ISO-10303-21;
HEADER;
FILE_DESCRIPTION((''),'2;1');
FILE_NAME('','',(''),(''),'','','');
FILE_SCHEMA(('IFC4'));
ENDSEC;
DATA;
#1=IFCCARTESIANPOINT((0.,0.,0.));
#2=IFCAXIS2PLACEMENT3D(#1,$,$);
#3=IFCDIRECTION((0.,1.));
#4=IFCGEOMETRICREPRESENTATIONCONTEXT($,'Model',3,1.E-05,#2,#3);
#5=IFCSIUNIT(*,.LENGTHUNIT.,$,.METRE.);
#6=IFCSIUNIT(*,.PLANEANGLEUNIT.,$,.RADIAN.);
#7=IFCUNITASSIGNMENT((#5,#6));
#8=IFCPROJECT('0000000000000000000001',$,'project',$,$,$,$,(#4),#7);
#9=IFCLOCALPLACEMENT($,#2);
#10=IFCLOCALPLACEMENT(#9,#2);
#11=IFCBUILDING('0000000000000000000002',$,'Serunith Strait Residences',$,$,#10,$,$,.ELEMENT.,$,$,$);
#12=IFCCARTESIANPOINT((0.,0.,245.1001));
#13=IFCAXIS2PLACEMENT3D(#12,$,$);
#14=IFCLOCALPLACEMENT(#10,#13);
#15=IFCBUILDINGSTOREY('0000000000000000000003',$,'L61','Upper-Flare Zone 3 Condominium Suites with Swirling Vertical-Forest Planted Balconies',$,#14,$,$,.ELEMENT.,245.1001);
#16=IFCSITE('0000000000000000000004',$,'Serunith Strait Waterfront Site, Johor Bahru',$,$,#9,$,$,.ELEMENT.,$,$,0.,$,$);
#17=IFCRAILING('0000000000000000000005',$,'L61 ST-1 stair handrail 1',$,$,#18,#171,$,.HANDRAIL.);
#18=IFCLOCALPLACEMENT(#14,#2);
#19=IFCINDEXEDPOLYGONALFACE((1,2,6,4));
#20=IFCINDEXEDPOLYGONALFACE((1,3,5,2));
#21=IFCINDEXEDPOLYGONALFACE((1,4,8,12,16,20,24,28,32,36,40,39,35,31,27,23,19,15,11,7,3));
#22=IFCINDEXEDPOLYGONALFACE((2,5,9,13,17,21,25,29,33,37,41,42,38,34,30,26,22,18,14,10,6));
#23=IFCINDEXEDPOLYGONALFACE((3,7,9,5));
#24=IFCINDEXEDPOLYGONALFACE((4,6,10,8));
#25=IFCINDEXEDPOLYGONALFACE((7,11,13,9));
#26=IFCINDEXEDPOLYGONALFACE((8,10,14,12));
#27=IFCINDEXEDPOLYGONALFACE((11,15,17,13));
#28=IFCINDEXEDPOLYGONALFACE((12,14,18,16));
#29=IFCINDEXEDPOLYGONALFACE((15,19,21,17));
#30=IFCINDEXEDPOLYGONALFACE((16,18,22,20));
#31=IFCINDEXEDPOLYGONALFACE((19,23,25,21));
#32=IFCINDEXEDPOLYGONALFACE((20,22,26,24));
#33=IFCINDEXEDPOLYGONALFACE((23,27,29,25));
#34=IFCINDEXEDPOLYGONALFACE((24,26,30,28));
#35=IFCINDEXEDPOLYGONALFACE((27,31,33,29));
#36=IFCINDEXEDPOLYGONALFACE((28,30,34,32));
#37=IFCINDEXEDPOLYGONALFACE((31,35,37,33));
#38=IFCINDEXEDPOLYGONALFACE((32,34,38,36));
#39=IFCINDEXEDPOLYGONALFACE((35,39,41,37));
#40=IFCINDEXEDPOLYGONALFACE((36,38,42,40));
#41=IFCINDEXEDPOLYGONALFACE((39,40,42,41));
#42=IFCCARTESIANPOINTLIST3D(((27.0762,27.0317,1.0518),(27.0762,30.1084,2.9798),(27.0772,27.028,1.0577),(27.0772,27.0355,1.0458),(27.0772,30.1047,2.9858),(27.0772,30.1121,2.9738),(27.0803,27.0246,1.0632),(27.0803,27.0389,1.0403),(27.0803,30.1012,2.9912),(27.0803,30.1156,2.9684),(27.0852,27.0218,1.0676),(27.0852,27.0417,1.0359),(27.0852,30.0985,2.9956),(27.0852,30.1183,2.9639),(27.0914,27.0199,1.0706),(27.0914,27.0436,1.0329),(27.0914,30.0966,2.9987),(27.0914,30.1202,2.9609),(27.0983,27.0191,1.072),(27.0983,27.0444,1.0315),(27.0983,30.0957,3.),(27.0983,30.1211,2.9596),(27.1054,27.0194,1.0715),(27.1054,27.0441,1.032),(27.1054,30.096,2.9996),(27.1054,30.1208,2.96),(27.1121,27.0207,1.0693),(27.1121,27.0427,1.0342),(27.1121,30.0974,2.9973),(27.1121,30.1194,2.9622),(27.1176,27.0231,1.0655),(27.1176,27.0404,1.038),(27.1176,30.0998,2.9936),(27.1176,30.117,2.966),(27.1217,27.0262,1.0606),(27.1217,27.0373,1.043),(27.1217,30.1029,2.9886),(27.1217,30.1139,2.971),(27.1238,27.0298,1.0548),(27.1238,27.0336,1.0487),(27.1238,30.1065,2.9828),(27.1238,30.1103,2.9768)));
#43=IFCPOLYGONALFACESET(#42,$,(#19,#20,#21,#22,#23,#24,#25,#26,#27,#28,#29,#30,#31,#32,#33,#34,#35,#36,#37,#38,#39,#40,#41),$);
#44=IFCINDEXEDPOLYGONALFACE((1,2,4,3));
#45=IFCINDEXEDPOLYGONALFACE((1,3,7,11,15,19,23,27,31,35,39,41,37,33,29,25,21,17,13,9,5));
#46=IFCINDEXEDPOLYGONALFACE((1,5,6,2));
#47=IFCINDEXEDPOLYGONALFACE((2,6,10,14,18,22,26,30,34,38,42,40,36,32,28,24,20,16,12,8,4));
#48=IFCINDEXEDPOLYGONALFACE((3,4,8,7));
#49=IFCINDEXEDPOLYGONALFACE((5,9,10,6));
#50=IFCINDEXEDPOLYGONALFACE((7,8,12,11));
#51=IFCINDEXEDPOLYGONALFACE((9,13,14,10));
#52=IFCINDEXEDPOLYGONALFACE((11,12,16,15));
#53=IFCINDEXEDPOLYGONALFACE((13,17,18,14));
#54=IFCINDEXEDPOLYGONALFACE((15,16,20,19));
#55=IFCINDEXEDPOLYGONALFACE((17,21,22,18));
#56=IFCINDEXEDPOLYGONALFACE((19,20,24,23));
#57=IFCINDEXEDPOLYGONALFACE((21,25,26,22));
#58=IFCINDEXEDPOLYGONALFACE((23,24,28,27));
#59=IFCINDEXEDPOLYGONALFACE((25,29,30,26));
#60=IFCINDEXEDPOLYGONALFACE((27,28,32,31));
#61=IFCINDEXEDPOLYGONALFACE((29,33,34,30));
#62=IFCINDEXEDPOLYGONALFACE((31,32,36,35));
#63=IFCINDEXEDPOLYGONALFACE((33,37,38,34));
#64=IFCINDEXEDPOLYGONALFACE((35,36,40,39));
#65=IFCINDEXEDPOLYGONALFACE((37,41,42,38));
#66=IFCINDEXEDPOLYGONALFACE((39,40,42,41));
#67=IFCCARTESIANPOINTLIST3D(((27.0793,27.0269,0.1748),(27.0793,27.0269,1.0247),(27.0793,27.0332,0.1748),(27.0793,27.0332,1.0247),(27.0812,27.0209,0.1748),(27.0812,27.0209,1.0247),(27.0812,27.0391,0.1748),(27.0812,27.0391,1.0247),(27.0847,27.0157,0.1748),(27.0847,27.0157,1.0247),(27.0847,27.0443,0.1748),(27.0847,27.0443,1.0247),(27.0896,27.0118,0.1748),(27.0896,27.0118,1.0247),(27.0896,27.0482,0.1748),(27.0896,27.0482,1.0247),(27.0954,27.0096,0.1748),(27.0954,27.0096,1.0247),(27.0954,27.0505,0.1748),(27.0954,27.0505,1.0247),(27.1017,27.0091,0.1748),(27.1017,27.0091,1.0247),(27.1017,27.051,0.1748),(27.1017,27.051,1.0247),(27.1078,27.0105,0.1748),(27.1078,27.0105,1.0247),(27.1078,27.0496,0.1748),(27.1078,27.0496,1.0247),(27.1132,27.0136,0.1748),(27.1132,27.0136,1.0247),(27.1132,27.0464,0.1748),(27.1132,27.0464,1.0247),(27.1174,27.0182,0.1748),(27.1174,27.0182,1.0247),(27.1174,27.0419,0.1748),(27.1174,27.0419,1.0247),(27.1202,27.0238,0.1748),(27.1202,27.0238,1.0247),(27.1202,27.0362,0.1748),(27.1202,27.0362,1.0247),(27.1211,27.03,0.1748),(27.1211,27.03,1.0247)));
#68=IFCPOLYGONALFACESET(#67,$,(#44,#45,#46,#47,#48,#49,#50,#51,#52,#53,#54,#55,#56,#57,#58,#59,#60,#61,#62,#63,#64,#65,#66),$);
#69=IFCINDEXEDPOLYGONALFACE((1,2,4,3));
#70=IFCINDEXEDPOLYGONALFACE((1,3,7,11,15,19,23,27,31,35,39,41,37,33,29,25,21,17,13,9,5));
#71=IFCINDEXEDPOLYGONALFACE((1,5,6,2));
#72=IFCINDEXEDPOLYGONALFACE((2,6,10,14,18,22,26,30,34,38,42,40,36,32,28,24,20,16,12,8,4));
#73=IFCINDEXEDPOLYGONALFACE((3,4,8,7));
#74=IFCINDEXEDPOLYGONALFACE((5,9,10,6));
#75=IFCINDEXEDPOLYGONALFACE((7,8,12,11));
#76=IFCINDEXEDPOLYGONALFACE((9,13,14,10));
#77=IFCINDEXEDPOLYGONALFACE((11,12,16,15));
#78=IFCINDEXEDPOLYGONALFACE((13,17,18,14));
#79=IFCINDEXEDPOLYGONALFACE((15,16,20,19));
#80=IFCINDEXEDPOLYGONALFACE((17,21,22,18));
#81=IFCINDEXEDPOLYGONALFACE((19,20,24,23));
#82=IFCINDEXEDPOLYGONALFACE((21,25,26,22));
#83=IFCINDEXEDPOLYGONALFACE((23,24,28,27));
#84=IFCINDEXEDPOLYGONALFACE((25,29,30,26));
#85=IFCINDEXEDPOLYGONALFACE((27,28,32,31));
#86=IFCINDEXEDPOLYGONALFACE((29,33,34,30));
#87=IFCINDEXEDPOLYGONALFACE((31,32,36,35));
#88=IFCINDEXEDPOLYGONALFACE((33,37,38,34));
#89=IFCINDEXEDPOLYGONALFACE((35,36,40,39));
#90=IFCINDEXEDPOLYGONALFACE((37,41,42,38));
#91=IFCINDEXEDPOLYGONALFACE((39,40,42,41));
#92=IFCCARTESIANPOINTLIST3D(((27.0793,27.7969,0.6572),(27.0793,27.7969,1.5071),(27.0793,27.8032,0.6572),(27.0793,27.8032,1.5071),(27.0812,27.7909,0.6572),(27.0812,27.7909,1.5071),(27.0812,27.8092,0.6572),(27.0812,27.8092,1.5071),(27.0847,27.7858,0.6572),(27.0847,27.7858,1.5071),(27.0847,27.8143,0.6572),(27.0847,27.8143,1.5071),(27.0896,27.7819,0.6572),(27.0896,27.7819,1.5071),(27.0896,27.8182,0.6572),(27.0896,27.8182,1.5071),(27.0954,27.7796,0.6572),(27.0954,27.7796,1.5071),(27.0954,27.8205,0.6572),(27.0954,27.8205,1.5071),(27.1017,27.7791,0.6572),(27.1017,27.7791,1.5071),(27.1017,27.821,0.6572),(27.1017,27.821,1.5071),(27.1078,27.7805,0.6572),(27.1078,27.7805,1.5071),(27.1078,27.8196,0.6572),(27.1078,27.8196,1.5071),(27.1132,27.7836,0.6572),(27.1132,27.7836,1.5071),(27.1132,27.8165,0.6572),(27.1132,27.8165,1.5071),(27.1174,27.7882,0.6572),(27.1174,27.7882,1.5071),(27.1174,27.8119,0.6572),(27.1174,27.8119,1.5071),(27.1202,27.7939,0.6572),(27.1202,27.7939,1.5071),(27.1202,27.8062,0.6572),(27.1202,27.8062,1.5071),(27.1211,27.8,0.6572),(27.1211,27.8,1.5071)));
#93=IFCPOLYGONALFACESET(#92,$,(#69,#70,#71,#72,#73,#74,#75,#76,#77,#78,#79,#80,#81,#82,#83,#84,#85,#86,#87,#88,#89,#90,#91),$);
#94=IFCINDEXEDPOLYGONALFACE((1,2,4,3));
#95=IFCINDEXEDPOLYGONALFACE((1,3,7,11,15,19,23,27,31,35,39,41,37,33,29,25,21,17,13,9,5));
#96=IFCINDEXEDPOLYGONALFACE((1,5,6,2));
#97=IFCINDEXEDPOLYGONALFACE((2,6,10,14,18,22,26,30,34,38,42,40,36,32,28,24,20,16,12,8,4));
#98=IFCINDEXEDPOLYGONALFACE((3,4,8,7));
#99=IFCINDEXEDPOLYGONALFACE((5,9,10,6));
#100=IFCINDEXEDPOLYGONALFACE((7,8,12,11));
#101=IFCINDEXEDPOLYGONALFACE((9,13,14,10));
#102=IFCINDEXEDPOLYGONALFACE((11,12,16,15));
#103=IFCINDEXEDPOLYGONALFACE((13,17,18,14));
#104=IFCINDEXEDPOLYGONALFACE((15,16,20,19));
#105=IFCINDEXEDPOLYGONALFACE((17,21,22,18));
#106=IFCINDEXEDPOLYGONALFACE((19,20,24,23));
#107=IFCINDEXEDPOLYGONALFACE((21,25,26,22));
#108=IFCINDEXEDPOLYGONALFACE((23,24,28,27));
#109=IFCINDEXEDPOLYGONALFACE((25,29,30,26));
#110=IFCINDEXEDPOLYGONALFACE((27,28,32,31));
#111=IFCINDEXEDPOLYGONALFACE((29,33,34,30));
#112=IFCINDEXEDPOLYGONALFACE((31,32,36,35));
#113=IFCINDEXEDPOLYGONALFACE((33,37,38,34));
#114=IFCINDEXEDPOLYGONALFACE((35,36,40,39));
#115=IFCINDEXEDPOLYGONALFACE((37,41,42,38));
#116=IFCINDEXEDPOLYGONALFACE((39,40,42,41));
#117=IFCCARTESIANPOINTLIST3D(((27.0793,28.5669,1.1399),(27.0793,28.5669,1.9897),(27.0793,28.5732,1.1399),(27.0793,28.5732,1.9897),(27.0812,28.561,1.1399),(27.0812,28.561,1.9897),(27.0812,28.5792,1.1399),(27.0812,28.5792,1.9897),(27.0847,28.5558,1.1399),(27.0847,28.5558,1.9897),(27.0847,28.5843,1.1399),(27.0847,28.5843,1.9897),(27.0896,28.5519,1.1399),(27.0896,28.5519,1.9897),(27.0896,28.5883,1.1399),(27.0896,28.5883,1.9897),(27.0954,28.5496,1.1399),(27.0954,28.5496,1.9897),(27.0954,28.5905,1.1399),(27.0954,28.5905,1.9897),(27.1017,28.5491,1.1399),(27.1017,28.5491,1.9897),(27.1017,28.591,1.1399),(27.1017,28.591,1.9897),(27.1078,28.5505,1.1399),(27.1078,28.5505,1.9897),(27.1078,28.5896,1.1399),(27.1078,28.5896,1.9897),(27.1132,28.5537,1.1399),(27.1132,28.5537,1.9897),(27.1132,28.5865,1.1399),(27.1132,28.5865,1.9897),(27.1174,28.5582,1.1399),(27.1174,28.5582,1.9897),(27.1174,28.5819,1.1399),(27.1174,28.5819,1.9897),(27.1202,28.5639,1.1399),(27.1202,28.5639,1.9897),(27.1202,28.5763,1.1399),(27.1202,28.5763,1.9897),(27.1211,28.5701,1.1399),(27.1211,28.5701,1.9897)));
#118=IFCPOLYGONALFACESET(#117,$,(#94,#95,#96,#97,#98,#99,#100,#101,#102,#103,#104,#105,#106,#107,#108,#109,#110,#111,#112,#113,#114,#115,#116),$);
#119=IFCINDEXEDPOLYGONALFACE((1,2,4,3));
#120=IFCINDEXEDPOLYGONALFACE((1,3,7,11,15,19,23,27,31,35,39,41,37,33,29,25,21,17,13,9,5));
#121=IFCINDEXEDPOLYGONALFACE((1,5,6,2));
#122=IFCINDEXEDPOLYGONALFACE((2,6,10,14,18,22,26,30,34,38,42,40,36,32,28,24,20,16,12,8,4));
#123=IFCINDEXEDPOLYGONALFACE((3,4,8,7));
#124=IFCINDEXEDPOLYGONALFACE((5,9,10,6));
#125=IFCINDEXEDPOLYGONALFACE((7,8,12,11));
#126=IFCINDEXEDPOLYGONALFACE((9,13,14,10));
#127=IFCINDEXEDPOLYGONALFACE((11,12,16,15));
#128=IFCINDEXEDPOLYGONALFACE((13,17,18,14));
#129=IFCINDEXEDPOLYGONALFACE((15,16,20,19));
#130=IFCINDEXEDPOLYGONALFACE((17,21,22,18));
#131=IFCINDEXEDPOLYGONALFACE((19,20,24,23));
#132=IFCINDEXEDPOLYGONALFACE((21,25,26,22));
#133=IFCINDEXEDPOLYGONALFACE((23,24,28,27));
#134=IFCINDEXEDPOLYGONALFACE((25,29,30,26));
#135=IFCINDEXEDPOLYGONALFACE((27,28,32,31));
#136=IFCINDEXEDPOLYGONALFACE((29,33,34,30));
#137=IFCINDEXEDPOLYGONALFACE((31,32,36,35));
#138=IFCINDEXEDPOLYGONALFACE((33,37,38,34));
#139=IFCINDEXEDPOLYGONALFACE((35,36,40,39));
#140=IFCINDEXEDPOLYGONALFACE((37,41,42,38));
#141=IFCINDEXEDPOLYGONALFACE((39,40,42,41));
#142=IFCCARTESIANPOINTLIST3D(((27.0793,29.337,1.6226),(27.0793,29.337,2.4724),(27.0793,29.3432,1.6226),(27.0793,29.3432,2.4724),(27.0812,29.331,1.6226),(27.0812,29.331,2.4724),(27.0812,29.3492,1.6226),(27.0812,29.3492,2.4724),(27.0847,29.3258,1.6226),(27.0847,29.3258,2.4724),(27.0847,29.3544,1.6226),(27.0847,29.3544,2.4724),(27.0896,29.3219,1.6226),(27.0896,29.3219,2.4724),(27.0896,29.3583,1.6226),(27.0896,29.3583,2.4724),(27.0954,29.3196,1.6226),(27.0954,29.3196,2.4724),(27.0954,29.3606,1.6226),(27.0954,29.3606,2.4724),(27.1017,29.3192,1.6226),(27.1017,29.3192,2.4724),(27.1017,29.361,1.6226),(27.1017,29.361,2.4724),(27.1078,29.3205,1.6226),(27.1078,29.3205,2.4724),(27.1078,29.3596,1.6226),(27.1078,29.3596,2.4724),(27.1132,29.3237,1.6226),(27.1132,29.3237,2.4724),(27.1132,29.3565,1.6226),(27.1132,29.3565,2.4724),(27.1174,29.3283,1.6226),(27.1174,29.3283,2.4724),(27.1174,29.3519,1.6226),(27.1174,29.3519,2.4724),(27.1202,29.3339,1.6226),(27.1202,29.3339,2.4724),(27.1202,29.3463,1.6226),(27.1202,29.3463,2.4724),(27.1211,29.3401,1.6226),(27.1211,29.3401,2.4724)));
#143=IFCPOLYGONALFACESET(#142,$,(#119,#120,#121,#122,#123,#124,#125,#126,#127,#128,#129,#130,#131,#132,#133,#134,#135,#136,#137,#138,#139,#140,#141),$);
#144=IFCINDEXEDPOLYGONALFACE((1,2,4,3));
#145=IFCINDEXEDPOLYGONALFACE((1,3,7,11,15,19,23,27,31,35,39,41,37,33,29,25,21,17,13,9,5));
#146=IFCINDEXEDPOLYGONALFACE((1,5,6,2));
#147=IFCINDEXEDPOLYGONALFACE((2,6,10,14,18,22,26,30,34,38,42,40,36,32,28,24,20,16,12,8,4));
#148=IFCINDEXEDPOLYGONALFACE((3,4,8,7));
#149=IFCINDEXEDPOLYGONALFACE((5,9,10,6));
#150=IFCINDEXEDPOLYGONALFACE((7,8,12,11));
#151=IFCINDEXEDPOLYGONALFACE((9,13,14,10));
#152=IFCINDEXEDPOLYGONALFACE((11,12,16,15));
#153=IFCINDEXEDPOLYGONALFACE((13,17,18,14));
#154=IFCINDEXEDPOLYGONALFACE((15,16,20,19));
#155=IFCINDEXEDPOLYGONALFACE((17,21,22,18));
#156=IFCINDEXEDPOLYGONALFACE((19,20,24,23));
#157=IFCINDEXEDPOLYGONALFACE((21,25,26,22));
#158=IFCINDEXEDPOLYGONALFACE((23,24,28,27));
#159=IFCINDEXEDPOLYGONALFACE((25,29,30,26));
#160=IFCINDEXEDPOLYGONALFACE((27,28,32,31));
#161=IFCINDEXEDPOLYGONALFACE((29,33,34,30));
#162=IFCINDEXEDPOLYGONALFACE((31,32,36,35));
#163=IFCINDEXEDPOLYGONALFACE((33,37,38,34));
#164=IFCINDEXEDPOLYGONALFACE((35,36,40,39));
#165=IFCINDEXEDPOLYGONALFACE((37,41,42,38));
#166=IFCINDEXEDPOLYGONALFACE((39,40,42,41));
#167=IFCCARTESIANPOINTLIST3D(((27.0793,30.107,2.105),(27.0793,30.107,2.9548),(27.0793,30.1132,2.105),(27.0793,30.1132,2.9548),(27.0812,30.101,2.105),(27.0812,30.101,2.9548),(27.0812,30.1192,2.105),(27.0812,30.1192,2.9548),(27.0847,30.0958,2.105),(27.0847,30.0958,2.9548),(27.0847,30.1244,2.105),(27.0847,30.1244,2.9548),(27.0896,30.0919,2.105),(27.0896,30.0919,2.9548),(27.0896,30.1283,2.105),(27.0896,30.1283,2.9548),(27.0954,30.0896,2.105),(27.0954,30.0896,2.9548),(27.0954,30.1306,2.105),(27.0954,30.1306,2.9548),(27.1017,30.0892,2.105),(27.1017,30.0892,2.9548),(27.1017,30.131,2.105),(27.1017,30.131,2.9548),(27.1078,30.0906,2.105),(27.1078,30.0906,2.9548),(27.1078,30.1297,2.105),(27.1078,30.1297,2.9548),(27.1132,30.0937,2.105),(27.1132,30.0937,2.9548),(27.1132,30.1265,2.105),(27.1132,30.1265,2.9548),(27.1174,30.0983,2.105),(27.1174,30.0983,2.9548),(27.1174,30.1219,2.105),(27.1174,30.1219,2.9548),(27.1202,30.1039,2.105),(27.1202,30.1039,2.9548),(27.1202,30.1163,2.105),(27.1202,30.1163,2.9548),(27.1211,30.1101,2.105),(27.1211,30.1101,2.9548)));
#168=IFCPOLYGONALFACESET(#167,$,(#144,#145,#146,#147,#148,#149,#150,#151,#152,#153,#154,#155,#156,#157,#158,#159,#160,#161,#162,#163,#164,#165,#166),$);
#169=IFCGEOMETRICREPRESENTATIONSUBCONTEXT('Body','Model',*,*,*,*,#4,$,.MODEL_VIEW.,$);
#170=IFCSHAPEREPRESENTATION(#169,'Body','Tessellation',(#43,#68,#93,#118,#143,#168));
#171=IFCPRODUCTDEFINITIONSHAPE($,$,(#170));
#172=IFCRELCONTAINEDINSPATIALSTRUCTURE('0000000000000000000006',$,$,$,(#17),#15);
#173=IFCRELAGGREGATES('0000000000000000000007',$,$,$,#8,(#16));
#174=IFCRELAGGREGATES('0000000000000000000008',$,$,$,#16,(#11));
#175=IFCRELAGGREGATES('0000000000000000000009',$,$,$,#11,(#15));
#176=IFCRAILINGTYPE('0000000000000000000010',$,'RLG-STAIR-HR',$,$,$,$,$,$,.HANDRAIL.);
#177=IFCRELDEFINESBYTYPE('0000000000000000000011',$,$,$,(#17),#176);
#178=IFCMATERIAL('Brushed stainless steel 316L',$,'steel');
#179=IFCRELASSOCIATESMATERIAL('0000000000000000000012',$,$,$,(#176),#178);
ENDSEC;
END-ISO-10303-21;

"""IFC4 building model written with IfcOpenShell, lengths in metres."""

from ifc_helpers import new_model, si_unit, direction, frame, origin, origin_2d, place, context, subcontext, project, spatial, circle, extrude, material, type_object, element, save


model = new_model("IFC4")

# Units and contexts
model_context = context("Model", 3, precision=1e-05, world=origin(), true_north=direction((0.0, 1.0)))
body_context = subcontext(model_context, "Body", "Model", "MODEL_VIEW")
ifc_project = project(units=[si_unit("LENGTHUNIT", "METRE"), si_unit("PLANEANGLEUNIT", "RADIAN")], contexts=[model_context])

# Site, building, storey
site_placement = place(None, origin())
site = spatial("IfcSite", under=ifc_project, at=site_placement, Name="Serunith Strait Waterfront Site, Johor Bahru", CompositionType="ELEMENT", RefElevation=0.0)
building_placement = place(site_placement, origin())
building = spatial("IfcBuilding", under=site, at=building_placement, Name="Serunith Strait Residences", CompositionType="ELEMENT")
storey_placement = place(building_placement, frame((0.0, 0.0, 245.1001)))
storey = spatial("IfcBuildingStorey", under=building, at=storey_placement, Name="L61", Description="Upper-Flare Zone 3 Condominium Suites with Swirling Vertical-Forest Planted Balconies", CompositionType="ELEMENT", Elevation=245.1001)

# Railing
ifc_material_1 = material(Name="Brushed stainless steel 316L", Category="steel")
railing_type_1 = type_object("IfcRailingType", Name="RLG-STAIR-HR", PredefinedType="HANDRAIL", material=ifc_material_1)
railing_1_placement = place(storey_placement, frame((27.1001, 27.03, 0.1748)))
element("IfcRailing", 1, at=railing_1_placement, inside=storey, type_object=railing_type_1, Name="L61 ST-1 stair handrail 1", PredefinedType="HANDRAIL", context=body_context, shape_type="SweptSolid", body=[
    extrude(circle(Radius=0.0239, at=origin_2d()), frame((0.0, 0.0017, 0.877), z_axis=(0.0, 0.847364, 0.531013), x_axis=(-1.0, 0.0, 0.0)), (0.0, 0.0, 1.0), 3.6309),
    extrude(circle(Radius=0.021, at=origin_2d()), origin(), (0.0, 0.0, 1.0), 0.8499),
    extrude(circle(Radius=0.021, at=origin_2d()), frame((0.0, 0.77, 0.4824)), (0.0, 0.0, 1.0), 0.8499),
    extrude(circle(Radius=0.021, at=origin_2d()), frame((0.0, 1.54, 0.9651)), (0.0, 0.0, 1.0), 0.8499),
    extrude(circle(Radius=0.021, at=origin_2d()), frame((0.0, 2.3101, 1.4478)), (0.0, 0.0, 1.0), 0.8499),
    extrude(circle(Radius=0.021, at=origin_2d()), frame((0.0, 3.0801, 1.9302)), (0.0, 0.0, 1.0), 0.8499),
])

save(model, "model.ifc")
